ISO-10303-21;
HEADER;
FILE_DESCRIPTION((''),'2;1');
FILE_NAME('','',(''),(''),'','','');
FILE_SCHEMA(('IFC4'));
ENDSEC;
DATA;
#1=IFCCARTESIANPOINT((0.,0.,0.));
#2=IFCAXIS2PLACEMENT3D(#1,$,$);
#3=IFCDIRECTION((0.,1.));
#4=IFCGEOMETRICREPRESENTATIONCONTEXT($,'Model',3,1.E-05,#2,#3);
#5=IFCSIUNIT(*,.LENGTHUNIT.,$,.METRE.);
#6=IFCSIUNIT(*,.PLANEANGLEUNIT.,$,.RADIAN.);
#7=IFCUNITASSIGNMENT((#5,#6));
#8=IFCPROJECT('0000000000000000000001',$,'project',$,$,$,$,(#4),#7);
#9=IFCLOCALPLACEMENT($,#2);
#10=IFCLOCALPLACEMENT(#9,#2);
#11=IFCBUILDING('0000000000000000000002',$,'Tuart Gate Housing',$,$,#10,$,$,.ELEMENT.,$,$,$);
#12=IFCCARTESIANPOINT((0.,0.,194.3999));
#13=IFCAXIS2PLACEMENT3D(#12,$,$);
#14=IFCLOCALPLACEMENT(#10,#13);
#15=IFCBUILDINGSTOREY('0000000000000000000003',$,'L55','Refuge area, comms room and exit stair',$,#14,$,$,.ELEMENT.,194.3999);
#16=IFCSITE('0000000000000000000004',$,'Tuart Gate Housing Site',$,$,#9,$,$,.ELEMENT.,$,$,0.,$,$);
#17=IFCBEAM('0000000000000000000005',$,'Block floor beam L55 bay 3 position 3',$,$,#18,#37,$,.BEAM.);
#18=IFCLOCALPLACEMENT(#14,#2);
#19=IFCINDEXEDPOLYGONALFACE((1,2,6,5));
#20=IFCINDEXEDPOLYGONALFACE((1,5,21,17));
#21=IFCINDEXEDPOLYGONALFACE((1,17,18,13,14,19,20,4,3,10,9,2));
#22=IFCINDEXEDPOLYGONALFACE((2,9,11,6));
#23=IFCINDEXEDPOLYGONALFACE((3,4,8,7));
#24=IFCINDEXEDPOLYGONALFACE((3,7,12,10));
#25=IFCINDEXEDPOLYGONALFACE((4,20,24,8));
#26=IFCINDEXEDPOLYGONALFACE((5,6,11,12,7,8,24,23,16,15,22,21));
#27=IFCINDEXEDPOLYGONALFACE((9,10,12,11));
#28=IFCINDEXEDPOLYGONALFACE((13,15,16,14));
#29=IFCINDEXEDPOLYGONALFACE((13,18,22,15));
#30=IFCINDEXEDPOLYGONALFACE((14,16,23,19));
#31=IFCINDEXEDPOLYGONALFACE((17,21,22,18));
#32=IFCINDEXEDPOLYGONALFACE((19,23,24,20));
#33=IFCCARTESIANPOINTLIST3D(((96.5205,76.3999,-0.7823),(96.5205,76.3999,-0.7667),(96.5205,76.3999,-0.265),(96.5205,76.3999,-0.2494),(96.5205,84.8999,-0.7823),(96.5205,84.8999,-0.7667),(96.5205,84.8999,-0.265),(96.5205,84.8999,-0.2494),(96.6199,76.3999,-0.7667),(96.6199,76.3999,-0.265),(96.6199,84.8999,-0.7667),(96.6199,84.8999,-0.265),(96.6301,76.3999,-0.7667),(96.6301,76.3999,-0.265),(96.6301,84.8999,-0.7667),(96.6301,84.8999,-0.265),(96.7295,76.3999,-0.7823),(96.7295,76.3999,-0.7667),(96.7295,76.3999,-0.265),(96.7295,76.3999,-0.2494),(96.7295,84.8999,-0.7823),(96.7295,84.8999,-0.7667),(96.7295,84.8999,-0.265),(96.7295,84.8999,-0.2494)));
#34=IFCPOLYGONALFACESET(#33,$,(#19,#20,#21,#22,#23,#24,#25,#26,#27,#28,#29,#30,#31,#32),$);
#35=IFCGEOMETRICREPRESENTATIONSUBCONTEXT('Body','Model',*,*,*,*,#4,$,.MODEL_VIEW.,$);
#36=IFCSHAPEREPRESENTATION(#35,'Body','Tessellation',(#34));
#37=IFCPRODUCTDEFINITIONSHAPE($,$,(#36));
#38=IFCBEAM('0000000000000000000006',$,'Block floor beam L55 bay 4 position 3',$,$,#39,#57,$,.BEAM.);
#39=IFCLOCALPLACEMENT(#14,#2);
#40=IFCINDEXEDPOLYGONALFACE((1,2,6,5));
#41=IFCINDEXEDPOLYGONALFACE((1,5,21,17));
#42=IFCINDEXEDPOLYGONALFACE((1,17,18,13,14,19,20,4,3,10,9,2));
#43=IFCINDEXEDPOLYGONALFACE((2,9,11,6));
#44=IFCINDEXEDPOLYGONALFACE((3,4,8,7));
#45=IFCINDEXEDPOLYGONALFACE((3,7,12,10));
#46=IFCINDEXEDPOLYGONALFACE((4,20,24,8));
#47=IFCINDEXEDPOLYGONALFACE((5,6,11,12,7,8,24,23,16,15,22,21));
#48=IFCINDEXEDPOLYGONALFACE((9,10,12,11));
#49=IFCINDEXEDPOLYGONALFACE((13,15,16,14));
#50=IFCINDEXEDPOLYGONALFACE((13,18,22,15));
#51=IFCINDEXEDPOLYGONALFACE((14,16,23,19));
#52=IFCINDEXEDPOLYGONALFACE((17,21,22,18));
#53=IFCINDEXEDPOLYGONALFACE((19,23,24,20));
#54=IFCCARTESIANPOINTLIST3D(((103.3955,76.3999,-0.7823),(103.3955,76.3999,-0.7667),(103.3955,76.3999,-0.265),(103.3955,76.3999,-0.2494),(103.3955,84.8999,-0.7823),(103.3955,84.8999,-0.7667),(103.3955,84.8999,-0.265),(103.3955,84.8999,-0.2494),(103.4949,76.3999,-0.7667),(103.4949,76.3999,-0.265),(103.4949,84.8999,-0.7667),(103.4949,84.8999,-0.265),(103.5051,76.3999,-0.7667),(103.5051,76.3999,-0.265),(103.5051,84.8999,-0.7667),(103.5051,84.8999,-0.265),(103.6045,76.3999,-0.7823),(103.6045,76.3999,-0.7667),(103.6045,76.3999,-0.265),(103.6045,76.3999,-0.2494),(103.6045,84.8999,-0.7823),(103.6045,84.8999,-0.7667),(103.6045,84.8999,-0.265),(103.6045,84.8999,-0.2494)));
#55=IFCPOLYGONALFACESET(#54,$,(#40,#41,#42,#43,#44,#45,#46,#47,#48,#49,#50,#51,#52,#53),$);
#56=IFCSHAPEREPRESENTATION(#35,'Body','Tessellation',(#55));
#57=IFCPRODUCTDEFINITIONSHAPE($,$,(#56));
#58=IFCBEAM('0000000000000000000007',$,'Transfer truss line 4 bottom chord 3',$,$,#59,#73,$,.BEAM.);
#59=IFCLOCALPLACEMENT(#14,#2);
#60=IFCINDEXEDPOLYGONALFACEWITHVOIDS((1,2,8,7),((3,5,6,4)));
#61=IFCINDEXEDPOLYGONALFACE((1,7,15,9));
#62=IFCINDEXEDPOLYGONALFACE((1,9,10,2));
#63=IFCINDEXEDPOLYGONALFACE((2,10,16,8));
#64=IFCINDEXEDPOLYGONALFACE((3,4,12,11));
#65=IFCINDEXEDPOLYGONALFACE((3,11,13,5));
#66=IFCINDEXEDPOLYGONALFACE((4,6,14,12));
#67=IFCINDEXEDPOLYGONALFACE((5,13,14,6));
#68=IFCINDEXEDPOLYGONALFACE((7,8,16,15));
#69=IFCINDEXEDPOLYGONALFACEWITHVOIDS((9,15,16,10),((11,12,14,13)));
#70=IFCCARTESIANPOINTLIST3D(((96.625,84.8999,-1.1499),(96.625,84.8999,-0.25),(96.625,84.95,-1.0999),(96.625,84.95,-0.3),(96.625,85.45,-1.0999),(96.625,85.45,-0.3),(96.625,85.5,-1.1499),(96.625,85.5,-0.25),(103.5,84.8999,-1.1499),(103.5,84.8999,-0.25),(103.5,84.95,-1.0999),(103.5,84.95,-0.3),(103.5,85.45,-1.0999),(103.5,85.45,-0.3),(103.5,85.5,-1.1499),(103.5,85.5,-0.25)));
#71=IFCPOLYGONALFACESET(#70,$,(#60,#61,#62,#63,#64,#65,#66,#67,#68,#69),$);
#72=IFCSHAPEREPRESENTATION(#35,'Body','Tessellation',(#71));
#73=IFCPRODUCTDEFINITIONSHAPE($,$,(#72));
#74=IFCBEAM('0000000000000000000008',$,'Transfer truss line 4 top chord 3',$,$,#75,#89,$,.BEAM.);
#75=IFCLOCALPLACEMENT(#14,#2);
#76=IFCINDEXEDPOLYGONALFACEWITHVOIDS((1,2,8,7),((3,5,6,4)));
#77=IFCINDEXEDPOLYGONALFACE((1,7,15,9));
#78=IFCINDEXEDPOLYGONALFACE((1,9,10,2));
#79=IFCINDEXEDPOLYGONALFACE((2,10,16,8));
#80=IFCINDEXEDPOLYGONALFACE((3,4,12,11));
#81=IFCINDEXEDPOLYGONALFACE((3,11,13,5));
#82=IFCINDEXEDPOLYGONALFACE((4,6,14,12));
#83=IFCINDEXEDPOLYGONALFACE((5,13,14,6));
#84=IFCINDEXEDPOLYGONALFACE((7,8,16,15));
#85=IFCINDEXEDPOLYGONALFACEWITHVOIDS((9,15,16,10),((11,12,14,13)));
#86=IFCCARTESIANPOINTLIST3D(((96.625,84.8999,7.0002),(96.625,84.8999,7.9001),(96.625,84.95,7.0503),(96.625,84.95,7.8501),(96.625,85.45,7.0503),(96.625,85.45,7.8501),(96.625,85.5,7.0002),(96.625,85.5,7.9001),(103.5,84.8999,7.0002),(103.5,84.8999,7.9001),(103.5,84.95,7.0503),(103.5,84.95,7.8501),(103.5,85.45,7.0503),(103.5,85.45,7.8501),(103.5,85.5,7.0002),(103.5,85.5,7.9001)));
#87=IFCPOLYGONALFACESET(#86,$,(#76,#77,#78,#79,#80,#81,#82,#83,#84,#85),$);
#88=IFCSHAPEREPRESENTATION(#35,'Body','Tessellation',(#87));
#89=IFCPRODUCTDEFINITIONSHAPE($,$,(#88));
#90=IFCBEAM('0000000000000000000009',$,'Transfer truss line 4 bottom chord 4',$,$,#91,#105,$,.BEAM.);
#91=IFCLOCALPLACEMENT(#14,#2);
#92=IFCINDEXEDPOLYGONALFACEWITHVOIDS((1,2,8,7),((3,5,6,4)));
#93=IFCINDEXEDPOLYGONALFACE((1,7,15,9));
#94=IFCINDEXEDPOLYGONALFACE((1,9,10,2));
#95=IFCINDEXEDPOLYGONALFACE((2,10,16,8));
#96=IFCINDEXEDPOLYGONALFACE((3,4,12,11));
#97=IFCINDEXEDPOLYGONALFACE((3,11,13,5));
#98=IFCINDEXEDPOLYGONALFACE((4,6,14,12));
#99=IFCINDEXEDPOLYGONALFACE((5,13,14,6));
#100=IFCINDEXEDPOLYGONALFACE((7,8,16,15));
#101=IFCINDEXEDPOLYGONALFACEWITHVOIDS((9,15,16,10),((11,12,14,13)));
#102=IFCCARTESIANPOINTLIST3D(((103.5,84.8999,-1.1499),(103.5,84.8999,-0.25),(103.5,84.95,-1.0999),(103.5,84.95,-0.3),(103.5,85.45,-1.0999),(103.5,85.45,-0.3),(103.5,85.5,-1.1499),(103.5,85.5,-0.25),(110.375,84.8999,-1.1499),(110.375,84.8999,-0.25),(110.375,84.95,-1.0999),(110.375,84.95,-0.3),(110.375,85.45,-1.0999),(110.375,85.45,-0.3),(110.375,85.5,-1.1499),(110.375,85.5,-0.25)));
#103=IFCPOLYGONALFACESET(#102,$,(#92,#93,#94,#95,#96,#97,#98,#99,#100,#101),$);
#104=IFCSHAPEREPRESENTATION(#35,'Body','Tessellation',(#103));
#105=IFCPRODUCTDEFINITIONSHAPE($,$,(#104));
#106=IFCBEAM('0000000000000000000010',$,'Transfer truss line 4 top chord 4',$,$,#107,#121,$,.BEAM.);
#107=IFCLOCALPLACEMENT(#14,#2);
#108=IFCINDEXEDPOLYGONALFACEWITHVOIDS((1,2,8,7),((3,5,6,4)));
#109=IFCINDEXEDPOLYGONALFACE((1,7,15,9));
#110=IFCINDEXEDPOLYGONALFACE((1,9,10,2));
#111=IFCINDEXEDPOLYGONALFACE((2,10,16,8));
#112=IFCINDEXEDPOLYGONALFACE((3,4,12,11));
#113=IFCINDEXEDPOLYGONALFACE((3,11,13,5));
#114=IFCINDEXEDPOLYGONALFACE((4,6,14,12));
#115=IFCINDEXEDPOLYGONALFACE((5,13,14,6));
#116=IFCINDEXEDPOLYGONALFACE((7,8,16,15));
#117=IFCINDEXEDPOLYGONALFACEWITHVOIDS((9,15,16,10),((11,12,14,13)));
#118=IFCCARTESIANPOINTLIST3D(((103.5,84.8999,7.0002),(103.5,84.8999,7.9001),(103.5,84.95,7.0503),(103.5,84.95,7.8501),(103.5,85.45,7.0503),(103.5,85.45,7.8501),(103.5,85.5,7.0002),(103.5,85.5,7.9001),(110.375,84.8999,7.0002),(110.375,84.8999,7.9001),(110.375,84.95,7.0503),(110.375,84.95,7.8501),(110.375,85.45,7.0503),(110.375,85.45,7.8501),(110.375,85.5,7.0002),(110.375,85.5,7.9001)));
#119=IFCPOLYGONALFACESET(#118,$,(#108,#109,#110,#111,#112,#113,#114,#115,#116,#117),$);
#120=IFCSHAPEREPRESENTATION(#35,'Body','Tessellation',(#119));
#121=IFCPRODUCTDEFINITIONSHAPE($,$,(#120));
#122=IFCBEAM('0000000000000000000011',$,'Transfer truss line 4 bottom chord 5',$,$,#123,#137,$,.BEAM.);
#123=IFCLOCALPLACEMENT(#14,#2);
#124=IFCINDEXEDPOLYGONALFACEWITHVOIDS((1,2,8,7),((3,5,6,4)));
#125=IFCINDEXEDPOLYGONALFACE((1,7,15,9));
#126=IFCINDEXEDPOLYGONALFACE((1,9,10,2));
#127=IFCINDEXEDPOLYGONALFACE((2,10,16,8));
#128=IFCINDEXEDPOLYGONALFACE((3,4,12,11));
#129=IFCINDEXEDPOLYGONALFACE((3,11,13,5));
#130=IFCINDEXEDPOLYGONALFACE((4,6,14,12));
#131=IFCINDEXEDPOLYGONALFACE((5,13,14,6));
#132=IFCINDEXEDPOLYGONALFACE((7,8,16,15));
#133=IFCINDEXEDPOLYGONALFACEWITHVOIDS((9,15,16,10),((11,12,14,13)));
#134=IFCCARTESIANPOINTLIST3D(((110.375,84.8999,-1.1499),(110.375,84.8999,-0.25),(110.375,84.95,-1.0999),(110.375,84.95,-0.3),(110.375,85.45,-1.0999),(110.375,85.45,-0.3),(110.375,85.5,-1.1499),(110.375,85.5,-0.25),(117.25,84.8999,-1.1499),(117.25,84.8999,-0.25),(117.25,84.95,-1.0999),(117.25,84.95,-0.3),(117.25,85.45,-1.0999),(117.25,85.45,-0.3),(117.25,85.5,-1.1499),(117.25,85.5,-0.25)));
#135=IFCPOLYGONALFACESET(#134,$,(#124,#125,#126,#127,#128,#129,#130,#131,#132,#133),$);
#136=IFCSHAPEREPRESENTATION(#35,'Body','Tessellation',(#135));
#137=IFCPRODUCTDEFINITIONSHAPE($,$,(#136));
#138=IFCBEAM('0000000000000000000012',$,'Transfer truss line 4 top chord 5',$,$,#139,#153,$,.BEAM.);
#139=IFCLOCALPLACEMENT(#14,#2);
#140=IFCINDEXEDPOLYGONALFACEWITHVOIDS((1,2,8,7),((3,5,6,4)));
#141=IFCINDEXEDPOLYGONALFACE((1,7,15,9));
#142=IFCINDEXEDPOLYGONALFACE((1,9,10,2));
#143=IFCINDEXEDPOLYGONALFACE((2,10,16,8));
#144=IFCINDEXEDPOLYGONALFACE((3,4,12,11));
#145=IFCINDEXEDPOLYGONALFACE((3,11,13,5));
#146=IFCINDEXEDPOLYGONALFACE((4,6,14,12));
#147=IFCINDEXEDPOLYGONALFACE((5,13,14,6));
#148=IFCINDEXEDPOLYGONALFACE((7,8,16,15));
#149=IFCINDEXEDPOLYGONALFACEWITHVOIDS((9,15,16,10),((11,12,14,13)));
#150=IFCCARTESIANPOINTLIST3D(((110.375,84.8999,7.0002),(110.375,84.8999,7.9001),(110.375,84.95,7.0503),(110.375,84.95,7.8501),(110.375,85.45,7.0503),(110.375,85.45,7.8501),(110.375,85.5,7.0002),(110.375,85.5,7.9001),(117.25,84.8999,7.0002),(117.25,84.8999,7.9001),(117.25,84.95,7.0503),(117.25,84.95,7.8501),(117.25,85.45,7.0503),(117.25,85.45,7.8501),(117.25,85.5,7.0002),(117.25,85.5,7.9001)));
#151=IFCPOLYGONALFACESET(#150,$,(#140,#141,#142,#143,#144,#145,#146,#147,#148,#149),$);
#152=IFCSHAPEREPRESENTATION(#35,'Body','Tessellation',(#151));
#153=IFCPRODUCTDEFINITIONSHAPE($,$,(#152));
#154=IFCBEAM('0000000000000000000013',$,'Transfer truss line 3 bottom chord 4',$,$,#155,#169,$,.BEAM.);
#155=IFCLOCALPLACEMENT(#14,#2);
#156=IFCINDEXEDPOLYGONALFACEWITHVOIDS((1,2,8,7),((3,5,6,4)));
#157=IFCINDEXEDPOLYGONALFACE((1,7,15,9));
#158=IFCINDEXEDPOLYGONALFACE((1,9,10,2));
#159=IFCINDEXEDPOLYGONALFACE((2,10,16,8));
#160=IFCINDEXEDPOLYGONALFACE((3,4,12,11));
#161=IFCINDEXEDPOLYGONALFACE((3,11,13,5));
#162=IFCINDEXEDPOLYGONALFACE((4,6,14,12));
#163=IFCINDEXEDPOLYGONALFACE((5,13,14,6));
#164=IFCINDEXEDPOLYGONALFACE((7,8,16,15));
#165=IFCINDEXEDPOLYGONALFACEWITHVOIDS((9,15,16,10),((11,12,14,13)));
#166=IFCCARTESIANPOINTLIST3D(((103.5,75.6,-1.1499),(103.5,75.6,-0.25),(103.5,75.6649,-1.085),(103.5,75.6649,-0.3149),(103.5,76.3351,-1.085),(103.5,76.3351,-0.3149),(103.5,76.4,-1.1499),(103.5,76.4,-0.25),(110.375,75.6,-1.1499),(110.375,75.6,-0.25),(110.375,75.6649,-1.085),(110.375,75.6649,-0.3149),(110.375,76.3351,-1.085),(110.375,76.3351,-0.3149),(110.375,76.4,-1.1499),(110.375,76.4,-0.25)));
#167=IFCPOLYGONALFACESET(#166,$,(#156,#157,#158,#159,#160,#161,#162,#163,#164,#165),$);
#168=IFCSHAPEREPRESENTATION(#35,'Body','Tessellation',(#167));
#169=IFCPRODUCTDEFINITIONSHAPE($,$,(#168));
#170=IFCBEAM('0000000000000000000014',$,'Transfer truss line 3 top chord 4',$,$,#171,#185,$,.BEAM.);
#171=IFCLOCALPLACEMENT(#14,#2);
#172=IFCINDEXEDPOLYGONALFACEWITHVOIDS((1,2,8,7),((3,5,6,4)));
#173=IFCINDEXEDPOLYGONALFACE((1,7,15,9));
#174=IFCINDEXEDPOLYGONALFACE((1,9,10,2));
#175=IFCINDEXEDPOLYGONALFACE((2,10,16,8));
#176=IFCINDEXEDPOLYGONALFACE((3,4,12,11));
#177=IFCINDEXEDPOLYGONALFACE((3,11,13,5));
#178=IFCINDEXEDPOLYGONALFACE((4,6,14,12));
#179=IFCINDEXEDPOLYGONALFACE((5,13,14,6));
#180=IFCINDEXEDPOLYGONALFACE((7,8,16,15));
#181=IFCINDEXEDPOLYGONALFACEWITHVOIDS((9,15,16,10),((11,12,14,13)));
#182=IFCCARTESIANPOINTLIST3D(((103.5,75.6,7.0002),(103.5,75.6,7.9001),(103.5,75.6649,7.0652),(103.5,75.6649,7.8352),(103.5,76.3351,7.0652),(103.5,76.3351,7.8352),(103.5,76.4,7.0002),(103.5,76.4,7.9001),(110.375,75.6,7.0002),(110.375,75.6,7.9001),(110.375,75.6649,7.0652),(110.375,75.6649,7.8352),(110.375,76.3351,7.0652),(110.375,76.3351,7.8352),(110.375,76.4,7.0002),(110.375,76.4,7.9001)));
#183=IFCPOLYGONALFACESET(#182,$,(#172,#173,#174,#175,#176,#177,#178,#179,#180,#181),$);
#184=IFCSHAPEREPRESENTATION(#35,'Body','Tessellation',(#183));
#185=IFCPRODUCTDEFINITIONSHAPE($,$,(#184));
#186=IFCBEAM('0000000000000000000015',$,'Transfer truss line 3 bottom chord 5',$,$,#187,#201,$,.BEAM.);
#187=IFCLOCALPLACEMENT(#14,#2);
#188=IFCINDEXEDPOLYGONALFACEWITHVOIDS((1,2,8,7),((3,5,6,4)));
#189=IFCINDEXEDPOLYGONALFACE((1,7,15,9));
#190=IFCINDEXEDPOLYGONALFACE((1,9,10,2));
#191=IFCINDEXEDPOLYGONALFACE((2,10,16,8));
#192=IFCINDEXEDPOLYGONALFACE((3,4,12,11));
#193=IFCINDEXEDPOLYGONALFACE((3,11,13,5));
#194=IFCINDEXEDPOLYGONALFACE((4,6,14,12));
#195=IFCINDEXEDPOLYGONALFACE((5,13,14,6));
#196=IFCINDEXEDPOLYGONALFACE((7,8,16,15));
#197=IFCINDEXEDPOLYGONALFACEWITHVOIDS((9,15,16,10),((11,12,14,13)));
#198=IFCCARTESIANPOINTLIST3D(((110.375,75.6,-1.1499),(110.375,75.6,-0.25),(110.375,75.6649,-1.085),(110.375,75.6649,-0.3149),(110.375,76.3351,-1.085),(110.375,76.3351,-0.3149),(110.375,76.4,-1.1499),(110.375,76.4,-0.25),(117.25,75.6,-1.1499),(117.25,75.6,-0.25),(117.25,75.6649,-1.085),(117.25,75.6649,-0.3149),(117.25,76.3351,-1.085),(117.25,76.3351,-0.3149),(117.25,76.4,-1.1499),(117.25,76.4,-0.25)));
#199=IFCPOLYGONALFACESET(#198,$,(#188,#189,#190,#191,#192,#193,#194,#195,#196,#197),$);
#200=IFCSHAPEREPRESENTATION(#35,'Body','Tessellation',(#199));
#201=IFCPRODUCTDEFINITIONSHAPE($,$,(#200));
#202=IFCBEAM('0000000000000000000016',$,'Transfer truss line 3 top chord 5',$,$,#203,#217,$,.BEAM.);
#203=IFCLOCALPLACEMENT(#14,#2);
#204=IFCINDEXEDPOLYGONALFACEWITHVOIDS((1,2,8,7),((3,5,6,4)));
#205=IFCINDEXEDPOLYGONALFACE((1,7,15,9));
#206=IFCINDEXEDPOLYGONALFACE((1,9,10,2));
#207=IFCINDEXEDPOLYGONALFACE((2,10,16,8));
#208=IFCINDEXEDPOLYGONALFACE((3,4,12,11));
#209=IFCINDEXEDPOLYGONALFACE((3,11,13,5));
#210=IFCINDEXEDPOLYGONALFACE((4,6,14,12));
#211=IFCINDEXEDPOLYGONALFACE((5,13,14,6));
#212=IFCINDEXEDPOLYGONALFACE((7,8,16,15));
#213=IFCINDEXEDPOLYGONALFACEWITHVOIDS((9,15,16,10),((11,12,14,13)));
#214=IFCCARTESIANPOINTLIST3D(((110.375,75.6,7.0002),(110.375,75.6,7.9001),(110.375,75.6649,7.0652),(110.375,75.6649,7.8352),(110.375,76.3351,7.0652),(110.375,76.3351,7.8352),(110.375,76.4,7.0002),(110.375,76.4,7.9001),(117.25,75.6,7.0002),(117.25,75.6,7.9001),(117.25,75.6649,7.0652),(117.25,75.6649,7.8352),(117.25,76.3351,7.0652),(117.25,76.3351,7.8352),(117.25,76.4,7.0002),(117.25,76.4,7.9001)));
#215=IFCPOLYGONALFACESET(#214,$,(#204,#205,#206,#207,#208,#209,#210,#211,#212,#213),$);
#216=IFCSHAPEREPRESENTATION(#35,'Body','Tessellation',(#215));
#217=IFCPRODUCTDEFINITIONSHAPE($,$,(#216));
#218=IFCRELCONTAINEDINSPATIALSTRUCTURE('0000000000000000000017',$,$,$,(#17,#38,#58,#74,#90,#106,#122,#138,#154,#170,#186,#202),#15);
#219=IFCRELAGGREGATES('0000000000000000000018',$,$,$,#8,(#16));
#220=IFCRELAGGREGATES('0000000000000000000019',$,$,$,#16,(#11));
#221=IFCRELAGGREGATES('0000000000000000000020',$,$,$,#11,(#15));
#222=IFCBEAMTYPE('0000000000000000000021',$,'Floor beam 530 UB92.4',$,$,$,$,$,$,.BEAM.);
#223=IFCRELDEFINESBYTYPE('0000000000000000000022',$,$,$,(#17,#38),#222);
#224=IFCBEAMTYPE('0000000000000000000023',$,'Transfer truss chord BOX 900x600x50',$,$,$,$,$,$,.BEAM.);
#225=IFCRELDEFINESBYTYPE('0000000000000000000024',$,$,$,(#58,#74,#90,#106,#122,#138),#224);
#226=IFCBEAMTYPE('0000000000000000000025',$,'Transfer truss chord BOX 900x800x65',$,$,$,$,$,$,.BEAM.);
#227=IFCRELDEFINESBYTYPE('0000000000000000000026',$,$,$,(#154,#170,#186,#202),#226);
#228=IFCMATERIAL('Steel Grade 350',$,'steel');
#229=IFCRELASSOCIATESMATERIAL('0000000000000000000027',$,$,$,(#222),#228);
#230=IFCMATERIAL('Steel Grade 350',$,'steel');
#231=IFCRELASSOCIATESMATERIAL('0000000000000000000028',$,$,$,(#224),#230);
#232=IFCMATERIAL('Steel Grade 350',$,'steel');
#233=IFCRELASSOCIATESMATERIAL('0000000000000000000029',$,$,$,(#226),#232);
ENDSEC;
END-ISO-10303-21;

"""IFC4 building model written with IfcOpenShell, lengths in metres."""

from ifc_helpers import new_model, si_unit, direction, frame, origin, origin_2d, place, context, subcontext, project, spatial, hollow_rectangle, i_section, extrude, material, material_profile, profile_set, type_object, element, save


model = new_model("IFC4")

# Units and contexts
model_context = context("Model", 3, precision=1e-05, world=origin(), true_north=direction((0.0, 1.0)))
body_context = subcontext(model_context, "Body", "Model", "MODEL_VIEW")
ifc_project = project(units=[si_unit("LENGTHUNIT", "METRE"), si_unit("PLANEANGLEUNIT", "RADIAN")], contexts=[model_context])

# Site, building, storey
site_placement = place(None, origin())
site = spatial("IfcSite", under=ifc_project, at=site_placement, Name="Tuart Gate Housing Site", CompositionType="ELEMENT", RefElevation=0.0)
building_placement = place(site_placement, origin())
building = spatial("IfcBuilding", under=site, at=building_placement, Name="Tuart Gate Housing", CompositionType="ELEMENT")
storey_placement = place(building_placement, frame((0.0, 0.0, 194.3999)))
storey = spatial("IfcBuildingStorey", under=building, at=storey_placement, Name="L55", Description="Refuge area, comms room and exit stair", CompositionType="ELEMENT", Elevation=194.3999)

# Beams
ifc_material_1 = material(Name="Steel Grade 350", Category="steel")
ifc_material_profile_1 = material_profile(ifc_material_1, i_section(OverallWidth=0.209, OverallDepth=0.533, WebThickness=0.0103, FlangeThickness=0.0156, at=origin_2d()), Name="530UB92.4")
ifc_profile_set_1 = profile_set([ifc_material_profile_1], Name="Steel Grade 350")
beam_type_1 = type_object("IfcBeamType", Name="Floor beam 530 UB92.4", PredefinedType="BEAM", material=ifc_profile_set_1)
for number, where, z_axis, x_axis, name in (
    (1, (96.625, 76.3999, -0.5159), (0.0, 1.0, 0.0), (-1.0, 0.0, 0.0), "Block floor beam L55 bay 3 position 3"),
    (2, (103.5, 76.3999, -0.5159), (0.0, 1.0, 0.0), (-1.0, 0.0, 0.0), "Block floor beam L55 bay 4 position 3"),
):
    element("IfcBeam", number, at=place(storey_placement, frame(where, z_axis=z_axis, x_axis=x_axis)), inside=storey, type_object=beam_type_1, Name=name, PredefinedType="BEAM", context=body_context, shape_type="SweptSolid", body=[
        extrude(i_section(OverallWidth=0.209, OverallDepth=0.533, WebThickness=0.0103, FlangeThickness=0.0156, at=origin_2d()), origin(), (0.0, 0.0, 1.0), 8.5),
    ])
ifc_material_2 = material(Name="Steel Grade 350", Category="steel")
ifc_material_profile_2 = material_profile(ifc_material_2, hollow_rectangle(XDim=0.6001, YDim=0.8999, WallThickness=0.05, at=origin_2d()), Name="BOX 900x600x50")
ifc_profile_set_2 = profile_set([ifc_material_profile_2], Name="Steel Grade 350")
beam_type_2 = type_object("IfcBeamType", Name="Transfer truss chord BOX 900x600x50", PredefinedType="BEAM", material=ifc_profile_set_2)
for number, where, z_axis, x_axis, name in (
    (3, (96.625, 85.2, -0.7), (1.0, 0.0, 0.0), (0.0, 1.0, 0.0), "Transfer truss line 4 bottom chord 3"),
    (4, (96.625, 85.2, 7.4502), (1.0, 0.0, 0.0), (0.0, 1.0, 0.0), "Transfer truss line 4 top chord 3"),
    (5, (103.5, 85.2, -0.7), (1.0, 0.0, 0.0), (0.0, 1.0, 0.0), "Transfer truss line 4 bottom chord 4"),
    (6, (103.5, 85.2, 7.4502), (1.0, 0.0, 0.0), (0.0, 1.0, 0.0), "Transfer truss line 4 top chord 4"),
    (7, (110.375, 85.2, -0.7), (1.0, 0.0, 0.0), (0.0, 1.0, 0.0), "Transfer truss line 4 bottom chord 5"),
    (8, (110.375, 85.2, 7.4502), (1.0, 0.0, 0.0), (0.0, 1.0, 0.0), "Transfer truss line 4 top chord 5"),
):
    element("IfcBeam", number, at=place(storey_placement, frame(where, z_axis=z_axis, x_axis=x_axis)), inside=storey, type_object=beam_type_2, Name=name, PredefinedType="BEAM", context=body_context, shape_type="SweptSolid", body=[
        extrude(hollow_rectangle(XDim=0.6001, YDim=0.8999, WallThickness=0.05, at=origin_2d()), origin(), (0.0, 0.0, 1.0), 6.875),
    ])
ifc_material_3 = material(Name="Steel Grade 350", Category="steel")
ifc_material_profile_3 = material_profile(ifc_material_3, hollow_rectangle(XDim=0.8, YDim=0.8999, WallThickness=0.0649, at=origin_2d()), Name="BOX 900x800x65")
ifc_profile_set_3 = profile_set([ifc_material_profile_3], Name="Steel Grade 350")
beam_type_3 = type_object("IfcBeamType", Name="Transfer truss chord BOX 900x800x65", PredefinedType="BEAM", material=ifc_profile_set_3)
for number, where, z_axis, x_axis, name in (
    (9, (103.5, 76.0, -0.7), (1.0, 0.0, 0.0), (0.0, 1.0, 0.0), "Transfer truss line 3 bottom chord 4"),
    (10, (103.5, 76.0, 7.4502), (1.0, 0.0, 0.0), (0.0, 1.0, 0.0), "Transfer truss line 3 top chord 4"),
    (11, (110.375, 76.0, -0.7), (1.0, 0.0, 0.0), (0.0, 1.0, 0.0), "Transfer truss line 3 bottom chord 5"),
    (12, (110.375, 76.0, 7.4502), (1.0, 0.0, 0.0), (0.0, 1.0, 0.0), "Transfer truss line 3 top chord 5"),
):
    element("IfcBeam", number, at=place(storey_placement, frame(where, z_axis=z_axis, x_axis=x_axis)), inside=storey, type_object=beam_type_3, Name=name, PredefinedType="BEAM", context=body_context, shape_type="SweptSolid", body=[
        extrude(hollow_rectangle(XDim=0.8, YDim=0.8999, WallThickness=0.0649, at=origin_2d()), origin(), (0.0, 0.0, 1.0), 6.875),
    ])

save(model, "model.ifc")
